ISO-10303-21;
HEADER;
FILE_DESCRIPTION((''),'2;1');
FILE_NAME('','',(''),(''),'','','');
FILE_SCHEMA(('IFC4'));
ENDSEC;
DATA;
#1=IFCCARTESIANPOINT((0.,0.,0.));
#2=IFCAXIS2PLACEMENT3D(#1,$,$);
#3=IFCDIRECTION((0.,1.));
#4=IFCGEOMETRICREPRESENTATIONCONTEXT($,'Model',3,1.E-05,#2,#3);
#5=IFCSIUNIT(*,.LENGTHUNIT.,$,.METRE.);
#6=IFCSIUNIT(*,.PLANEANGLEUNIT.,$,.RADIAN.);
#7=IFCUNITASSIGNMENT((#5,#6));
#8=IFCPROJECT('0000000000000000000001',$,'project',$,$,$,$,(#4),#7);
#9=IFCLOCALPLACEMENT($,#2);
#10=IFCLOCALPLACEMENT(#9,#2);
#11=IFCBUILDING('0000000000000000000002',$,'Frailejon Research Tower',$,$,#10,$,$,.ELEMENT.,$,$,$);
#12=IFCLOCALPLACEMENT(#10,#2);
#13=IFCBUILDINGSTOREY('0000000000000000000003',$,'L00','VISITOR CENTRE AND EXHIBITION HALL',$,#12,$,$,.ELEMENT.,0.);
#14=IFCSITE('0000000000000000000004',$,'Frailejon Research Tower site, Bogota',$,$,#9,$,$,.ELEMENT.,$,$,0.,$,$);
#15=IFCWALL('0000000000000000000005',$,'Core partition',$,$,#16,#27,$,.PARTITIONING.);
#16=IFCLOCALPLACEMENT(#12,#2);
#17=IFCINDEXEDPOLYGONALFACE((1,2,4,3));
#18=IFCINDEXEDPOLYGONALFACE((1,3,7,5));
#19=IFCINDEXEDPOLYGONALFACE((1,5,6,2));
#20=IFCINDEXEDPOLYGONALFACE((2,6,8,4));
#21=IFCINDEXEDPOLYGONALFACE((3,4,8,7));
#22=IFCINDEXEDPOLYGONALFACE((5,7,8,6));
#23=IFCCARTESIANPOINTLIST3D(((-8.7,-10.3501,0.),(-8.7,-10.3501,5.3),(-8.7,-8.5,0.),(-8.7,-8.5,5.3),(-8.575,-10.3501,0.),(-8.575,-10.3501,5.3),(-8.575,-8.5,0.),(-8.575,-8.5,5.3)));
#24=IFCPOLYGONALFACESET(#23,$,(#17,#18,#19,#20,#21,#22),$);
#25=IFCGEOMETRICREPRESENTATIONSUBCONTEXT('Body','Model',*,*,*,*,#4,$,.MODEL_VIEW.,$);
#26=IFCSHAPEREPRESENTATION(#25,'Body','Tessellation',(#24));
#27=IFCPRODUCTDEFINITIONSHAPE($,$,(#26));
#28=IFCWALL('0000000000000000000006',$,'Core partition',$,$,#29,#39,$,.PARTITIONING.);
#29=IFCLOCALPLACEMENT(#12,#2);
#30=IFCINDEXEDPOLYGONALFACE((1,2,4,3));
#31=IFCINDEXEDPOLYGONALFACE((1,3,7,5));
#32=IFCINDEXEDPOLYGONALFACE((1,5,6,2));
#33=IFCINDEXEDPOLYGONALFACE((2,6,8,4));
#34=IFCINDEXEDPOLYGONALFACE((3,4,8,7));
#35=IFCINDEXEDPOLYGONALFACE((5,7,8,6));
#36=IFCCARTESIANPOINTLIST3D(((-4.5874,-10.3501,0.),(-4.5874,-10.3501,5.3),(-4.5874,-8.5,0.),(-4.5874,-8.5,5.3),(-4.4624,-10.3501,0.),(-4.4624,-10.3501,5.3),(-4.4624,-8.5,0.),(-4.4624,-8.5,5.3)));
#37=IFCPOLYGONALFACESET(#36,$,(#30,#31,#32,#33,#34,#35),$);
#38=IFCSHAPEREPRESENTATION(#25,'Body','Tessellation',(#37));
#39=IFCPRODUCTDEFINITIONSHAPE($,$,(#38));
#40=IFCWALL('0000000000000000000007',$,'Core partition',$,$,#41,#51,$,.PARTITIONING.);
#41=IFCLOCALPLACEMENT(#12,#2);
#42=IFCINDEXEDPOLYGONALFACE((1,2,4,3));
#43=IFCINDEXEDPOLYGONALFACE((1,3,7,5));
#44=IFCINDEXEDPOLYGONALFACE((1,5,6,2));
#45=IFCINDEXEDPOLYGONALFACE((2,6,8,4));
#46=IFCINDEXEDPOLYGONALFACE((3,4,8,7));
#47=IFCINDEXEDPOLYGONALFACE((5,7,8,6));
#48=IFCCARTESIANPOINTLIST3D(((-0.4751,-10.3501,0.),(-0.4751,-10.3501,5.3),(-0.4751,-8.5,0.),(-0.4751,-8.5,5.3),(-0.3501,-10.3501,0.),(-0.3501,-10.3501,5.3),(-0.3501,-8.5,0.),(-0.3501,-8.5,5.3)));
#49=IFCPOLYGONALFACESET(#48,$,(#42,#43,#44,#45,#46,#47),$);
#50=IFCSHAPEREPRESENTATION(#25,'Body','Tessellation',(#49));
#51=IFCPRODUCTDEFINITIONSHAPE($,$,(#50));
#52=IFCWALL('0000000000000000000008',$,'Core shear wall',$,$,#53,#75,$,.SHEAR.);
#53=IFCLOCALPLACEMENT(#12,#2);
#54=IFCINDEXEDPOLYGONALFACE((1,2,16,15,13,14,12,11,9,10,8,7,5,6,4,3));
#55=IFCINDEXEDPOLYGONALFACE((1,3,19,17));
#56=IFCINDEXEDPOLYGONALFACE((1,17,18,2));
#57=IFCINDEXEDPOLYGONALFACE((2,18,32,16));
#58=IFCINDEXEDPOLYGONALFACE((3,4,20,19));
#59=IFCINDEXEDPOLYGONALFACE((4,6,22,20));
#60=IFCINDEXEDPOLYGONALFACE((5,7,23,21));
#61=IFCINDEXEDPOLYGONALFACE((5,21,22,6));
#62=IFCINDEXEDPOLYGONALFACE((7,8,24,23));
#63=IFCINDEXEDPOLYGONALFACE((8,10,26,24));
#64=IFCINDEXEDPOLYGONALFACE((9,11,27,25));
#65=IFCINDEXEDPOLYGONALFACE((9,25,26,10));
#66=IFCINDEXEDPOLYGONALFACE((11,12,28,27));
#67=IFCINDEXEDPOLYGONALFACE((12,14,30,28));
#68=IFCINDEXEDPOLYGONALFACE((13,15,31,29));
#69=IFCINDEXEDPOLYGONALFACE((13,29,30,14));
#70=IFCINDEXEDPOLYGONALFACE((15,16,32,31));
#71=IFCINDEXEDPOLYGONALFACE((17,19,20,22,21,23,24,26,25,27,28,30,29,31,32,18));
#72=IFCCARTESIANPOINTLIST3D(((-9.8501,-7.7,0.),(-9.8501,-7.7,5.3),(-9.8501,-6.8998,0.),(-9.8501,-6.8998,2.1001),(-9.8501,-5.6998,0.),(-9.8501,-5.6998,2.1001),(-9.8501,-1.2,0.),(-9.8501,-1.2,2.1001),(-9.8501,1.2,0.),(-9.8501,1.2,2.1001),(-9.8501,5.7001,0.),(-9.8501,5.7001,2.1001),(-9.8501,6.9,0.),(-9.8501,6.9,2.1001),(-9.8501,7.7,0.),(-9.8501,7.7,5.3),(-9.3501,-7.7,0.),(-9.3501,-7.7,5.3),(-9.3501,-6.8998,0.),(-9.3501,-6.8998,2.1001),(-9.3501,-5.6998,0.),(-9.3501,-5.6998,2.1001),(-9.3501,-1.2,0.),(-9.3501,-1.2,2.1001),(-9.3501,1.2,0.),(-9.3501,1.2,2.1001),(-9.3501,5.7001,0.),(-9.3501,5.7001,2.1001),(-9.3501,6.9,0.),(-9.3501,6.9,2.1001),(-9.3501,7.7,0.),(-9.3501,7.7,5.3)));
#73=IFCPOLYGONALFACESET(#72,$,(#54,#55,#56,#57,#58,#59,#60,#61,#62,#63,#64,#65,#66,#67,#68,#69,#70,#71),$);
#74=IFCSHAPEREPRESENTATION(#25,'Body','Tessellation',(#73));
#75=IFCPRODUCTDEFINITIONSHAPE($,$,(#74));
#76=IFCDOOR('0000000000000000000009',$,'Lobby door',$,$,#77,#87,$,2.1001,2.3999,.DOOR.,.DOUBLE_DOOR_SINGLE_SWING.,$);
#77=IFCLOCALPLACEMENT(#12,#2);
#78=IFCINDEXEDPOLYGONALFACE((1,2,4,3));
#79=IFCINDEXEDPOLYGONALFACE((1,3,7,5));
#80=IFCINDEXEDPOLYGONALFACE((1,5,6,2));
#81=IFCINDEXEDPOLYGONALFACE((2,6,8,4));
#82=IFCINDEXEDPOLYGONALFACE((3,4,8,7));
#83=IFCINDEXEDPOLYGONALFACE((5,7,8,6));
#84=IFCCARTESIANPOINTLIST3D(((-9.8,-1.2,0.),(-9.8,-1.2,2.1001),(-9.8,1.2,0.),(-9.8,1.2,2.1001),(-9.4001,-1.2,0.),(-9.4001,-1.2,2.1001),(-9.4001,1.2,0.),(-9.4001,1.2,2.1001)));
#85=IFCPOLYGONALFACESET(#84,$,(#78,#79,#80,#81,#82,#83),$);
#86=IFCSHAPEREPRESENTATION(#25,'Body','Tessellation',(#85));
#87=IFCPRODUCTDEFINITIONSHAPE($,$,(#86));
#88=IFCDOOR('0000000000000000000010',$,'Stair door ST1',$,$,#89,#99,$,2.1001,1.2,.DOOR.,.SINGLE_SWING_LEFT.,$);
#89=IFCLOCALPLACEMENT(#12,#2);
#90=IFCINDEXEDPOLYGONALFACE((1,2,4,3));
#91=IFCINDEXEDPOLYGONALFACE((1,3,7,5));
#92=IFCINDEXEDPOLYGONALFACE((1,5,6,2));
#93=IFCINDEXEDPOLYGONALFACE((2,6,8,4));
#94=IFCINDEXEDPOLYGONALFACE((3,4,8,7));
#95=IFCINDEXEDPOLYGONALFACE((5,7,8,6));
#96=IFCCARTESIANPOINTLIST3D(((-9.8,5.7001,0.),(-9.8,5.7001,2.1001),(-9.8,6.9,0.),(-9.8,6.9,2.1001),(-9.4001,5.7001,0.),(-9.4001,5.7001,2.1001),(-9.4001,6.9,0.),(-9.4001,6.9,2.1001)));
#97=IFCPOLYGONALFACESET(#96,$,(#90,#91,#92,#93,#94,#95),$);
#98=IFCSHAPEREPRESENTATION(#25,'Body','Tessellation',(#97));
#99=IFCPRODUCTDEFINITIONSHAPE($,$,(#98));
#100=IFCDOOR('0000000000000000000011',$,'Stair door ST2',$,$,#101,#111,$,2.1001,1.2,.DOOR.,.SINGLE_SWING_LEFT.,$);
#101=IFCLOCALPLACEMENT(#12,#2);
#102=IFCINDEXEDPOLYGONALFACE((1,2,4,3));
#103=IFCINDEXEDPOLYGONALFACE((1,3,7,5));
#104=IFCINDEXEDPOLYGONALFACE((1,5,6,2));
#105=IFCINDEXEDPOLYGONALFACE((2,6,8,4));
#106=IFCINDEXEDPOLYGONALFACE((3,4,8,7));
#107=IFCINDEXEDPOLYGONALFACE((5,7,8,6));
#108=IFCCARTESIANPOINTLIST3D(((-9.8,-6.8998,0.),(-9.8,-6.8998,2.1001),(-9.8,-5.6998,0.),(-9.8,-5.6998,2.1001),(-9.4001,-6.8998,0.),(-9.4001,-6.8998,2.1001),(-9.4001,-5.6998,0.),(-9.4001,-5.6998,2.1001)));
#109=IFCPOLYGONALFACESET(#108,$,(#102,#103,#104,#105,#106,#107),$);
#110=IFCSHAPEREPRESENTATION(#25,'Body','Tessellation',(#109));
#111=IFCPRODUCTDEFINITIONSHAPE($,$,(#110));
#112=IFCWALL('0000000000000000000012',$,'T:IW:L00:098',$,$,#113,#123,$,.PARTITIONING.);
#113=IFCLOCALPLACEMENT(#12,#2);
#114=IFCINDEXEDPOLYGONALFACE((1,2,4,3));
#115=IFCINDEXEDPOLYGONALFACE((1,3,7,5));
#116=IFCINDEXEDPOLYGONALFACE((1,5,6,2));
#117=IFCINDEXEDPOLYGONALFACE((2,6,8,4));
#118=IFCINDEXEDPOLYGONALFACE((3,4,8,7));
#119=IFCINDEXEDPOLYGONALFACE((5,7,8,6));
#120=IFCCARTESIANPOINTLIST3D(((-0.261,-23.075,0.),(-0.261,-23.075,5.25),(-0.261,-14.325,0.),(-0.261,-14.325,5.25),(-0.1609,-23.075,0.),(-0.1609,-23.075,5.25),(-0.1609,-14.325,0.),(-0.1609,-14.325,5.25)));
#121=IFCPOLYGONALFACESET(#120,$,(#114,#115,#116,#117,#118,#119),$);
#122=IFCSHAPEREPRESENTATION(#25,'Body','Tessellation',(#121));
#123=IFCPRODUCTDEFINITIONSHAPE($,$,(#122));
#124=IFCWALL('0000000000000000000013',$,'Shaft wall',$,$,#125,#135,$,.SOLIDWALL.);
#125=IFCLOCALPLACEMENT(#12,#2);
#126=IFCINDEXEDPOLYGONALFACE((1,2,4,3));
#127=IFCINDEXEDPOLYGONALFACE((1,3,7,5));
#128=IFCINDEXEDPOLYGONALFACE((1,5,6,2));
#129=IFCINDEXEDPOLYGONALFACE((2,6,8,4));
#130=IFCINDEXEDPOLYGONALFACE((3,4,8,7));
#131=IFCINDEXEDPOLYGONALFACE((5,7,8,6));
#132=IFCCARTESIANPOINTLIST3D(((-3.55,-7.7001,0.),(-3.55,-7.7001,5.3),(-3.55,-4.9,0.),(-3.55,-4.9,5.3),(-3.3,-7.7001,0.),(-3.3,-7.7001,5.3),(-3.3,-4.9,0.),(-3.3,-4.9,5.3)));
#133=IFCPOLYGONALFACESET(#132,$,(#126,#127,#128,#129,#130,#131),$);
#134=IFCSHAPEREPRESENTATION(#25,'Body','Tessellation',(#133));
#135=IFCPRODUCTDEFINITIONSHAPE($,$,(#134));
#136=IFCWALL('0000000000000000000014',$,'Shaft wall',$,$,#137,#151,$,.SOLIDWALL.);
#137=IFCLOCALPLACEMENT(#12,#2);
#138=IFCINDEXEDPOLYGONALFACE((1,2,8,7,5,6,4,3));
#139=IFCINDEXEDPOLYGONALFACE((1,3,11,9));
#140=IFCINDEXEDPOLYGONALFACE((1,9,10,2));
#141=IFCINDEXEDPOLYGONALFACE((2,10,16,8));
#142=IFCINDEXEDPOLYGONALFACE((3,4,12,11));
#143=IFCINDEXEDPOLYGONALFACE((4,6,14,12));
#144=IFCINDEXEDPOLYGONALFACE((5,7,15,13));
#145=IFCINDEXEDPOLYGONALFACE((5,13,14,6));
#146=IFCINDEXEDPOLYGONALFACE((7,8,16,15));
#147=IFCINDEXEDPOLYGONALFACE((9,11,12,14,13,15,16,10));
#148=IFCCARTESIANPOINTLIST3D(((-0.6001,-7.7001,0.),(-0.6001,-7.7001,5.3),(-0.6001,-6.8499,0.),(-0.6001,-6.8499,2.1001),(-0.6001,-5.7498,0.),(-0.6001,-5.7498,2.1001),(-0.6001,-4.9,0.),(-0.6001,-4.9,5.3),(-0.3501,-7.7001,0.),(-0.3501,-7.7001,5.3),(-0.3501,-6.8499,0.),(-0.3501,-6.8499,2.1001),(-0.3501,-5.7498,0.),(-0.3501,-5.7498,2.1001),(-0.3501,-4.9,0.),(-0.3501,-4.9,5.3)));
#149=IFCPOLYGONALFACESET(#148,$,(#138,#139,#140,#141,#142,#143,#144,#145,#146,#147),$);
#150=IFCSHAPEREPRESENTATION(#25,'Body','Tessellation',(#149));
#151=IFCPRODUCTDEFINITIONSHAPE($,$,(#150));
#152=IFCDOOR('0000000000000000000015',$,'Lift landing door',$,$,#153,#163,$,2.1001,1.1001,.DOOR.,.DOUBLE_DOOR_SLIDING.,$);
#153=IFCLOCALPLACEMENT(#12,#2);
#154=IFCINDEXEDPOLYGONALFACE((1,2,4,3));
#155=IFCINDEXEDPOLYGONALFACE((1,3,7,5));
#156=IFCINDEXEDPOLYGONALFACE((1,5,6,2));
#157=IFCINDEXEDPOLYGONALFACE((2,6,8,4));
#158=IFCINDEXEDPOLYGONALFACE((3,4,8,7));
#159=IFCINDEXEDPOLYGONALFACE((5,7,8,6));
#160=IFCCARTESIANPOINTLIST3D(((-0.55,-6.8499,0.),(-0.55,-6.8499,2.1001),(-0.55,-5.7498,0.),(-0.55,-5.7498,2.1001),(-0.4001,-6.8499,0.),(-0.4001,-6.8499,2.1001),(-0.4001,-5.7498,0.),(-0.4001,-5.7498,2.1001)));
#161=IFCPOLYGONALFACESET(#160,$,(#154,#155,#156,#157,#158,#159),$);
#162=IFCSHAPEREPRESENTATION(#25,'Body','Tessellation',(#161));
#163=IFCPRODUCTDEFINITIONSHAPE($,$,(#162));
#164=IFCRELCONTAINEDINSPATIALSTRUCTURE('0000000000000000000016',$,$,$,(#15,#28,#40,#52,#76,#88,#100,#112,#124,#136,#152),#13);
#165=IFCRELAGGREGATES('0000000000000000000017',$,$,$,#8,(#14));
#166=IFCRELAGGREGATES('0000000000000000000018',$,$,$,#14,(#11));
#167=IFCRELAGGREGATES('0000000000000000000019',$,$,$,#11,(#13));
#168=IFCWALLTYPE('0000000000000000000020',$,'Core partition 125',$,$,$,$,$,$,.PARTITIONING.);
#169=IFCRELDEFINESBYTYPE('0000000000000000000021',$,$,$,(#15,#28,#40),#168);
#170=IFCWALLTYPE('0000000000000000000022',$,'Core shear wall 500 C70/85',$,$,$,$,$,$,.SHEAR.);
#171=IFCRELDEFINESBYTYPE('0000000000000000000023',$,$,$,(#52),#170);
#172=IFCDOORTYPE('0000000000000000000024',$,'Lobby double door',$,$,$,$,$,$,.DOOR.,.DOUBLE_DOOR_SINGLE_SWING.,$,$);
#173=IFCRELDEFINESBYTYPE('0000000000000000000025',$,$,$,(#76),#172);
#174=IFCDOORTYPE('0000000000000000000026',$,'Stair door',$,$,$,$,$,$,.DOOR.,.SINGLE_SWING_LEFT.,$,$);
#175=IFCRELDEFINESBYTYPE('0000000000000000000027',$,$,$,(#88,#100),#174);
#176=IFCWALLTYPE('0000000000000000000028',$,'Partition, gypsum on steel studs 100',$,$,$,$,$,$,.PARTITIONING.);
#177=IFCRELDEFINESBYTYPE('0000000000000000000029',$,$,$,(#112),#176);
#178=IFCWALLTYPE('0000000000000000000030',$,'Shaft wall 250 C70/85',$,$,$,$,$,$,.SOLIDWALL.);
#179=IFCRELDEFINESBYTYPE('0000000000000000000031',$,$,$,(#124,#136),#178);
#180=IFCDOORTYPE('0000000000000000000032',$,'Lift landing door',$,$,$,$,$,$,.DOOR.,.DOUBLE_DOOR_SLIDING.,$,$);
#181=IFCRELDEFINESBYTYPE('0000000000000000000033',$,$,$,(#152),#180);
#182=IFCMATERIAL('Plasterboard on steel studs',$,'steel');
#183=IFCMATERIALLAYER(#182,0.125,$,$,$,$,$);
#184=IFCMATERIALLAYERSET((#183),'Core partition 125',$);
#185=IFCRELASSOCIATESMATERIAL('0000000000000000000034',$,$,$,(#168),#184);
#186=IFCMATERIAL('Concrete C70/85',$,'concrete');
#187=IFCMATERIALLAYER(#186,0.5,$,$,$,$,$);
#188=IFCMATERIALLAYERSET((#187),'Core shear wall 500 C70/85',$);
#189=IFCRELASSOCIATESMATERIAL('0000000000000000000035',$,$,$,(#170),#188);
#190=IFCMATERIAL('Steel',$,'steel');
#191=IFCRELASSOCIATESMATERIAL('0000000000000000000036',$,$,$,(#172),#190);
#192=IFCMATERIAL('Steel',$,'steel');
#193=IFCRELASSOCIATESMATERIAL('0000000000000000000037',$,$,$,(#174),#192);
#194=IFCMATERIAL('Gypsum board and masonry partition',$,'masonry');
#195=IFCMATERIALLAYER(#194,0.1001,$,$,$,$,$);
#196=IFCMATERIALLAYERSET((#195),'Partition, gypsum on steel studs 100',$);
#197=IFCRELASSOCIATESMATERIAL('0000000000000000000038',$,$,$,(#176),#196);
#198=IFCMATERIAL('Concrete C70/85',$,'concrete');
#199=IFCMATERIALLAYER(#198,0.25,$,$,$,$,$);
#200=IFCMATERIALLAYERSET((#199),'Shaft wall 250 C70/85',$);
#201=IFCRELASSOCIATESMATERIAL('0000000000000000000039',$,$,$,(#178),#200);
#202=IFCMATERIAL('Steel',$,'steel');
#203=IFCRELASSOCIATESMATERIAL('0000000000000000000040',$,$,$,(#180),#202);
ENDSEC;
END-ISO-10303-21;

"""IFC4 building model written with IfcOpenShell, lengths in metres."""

from ifc_helpers import new_model, si_unit, direction, frame, frame_2d, origin, place, context, subcontext, project, spatial, rectangle, extrude, material, layer, layer_set, type_object, element, fill, save


model = new_model("IFC4")

# Units and contexts
model_context = context("Model", 3, precision=1e-05, world=origin(), true_north=direction((0.0, 1.0)))
body_context = subcontext(model_context, "Body", "Model", "MODEL_VIEW")
ifc_project = project(units=[si_unit("LENGTHUNIT", "METRE"), si_unit("PLANEANGLEUNIT", "RADIAN")], contexts=[model_context])

# Site, building, storey
site_placement = place(None, origin())
site = spatial("IfcSite", under=ifc_project, at=site_placement, Name="Frailejon Research Tower site, Bogota", CompositionType="ELEMENT", RefElevation=0.0)
building_placement = place(site_placement, origin())
building = spatial("IfcBuilding", under=site, at=building_placement, Name="Frailejon Research Tower", CompositionType="ELEMENT")
storey_placement = place(building_placement, origin())
storey = spatial("IfcBuildingStorey", under=building, at=storey_placement, Name="L00", Description="VISITOR CENTRE AND EXHIBITION HALL", CompositionType="ELEMENT", Elevation=0.0)

# Walls
ifc_material_1 = material(Name="Plasterboard on steel studs", Category="steel")
ifc_layer_1 = layer(ifc_material_1, 0.125)
ifc_layer_set_1 = layer_set([ifc_layer_1], Name="Core partition 125")
wall_type_1 = type_object("IfcWallType", Name="Core partition 125", PredefinedType="PARTITIONING", material=ifc_layer_set_1)
for number, where, z_axis, x_axis, name in (
    (1, (-8.6375, -10.3501, 0.0), (0.0, 0.0, 1.0), (0.0, 1.0, 0.0), "Core partition"),
    (2, (-4.5249, -10.3501, 0.0), (0.0, 0.0, 1.0), (0.0, 1.0, 0.0), "Core partition"),
    (3, (-0.4126, -10.3501, 0.0), (0.0, 0.0, 1.0), (0.0, 1.0, 0.0), "Core partition"),
):
    element("IfcWall", number, at=place(storey_placement, frame(where, z_axis=z_axis, x_axis=x_axis)), inside=storey, type_object=wall_type_1, Name=name, PredefinedType="PARTITIONING", context=body_context, shape_type="SweptSolid", body=[
        extrude(rectangle(XDim=1.8501, YDim=0.125, at=frame_2d((0.925, 0.0))), origin(), (0.0, 0.0, 1.0), 5.3),
    ])

# Wall, openings, doors
ifc_material_2 = material(Name="Concrete C70/85", Category="concrete")
ifc_layer_2 = layer(ifc_material_2, 0.5)
ifc_layer_set_2 = layer_set([ifc_layer_2], Name="Core shear wall 500 C70/85")
wall_type_2 = type_object("IfcWallType", Name="Core shear wall 500 C70/85", PredefinedType="SHEAR", material=ifc_layer_set_2)
wall_1_placement = place(storey_placement, frame((-9.6001, -7.7, 0.0), z_axis=(0.0, 0.0, 1.0), x_axis=(0.0, 1.0, 0.0)))
wall_1 = element("IfcWall", 4, at=wall_1_placement, inside=storey, type_object=wall_type_2, Name="Core shear wall", PredefinedType="SHEAR", context=body_context, shape_type="SweptSolid", body=[
    extrude(rectangle(XDim=15.3999, YDim=0.5, at=frame_2d((7.7, 0.0))), origin(), (0.0, 0.0, 1.0), 5.3),
])
opening_1_placement = place(wall_1_placement, frame((6.5, 0.0, 0.0)))
opening_1 = element("IfcOpeningElement", 5, at=opening_1_placement, cuts=wall_1, PredefinedType="OPENING", context=body_context, shape_type="SweptSolid", body=[
    extrude(rectangle(XDim=2.3999, YDim=2.1001, at=frame_2d((1.2, 1.05))), frame((0.0, 0.26, 0.0), z_axis=(0.0, -1.0, 0.0), x_axis=(1.0, 0.0, 0.0)), (0.0, 0.0, 1.0), 0.52),
])
opening_2_placement = place(wall_1_placement, frame((13.3999, 0.0, 0.0)))
opening_2 = element("IfcOpeningElement", 6, at=opening_2_placement, cuts=wall_1, PredefinedType="OPENING", context=body_context, shape_type="SweptSolid", body=[
    extrude(rectangle(XDim=1.2, YDim=2.1001, at=frame_2d((0.6001, 1.05))), frame((0.0, 0.26, 0.0), z_axis=(0.0, -1.0, 0.0), x_axis=(1.0, 0.0, 0.0)), (0.0, 0.0, 1.0), 0.52),
])
opening_3_placement = place(wall_1_placement, frame((0.8, 0.0, 0.0)))
opening_3 = element("IfcOpeningElement", 7, at=opening_3_placement, cuts=wall_1, PredefinedType="OPENING", context=body_context, shape_type="SweptSolid", body=[
    extrude(rectangle(XDim=1.2, YDim=2.1001, at=frame_2d((0.6001, 1.05))), frame((0.0, 0.26, 0.0), z_axis=(0.0, -1.0, 0.0), x_axis=(1.0, 0.0, 0.0)), (0.0, 0.0, 1.0), 0.52),
])
ifc_material_3 = material(Name="Steel", Category="steel")
door_type_1 = type_object("IfcDoorType", Name="Lobby double door", OperationType="DOUBLE_DOOR_SINGLE_SWING", PredefinedType="DOOR", material=ifc_material_3)
door_1_placement = place(opening_1_placement, origin())
door_1 = element("IfcDoor", 8, at=door_1_placement, inside=storey, type_object=door_type_1, Name="Lobby door", OperationType="DOUBLE_DOOR_SINGLE_SWING", OverallHeight=2.1001, OverallWidth=2.3999, PredefinedType="DOOR", context=body_context, shape_type="SweptSolid", body=[
    extrude(rectangle(XDim=2.3999, YDim=2.1001, at=frame_2d((1.2, 1.05))), frame((0.0, 0.2, 0.0), z_axis=(0.0, -1.0, 0.0), x_axis=(1.0, 0.0, 0.0)), (0.0, 0.0, 1.0), 0.3999),
])
fill(opening_1, door_1)
ifc_material_4 = material(Name="Steel", Category="steel")
door_type_2 = type_object("IfcDoorType", Name="Stair door", OperationType="SINGLE_SWING_LEFT", PredefinedType="DOOR", material=ifc_material_4)
door_2_placement = place(opening_2_placement, origin())
door_2 = element("IfcDoor", 9, at=door_2_placement, inside=storey, type_object=door_type_2, Name="Stair door ST1", OperationType="SINGLE_SWING_LEFT", OverallHeight=2.1001, OverallWidth=1.2, PredefinedType="DOOR", context=body_context, shape_type="SweptSolid", body=[
    extrude(rectangle(XDim=1.2, YDim=2.1001, at=frame_2d((0.6001, 1.05))), frame((0.0, 0.2, 0.0), z_axis=(0.0, -1.0, 0.0), x_axis=(1.0, 0.0, 0.0)), (0.0, 0.0, 1.0), 0.3999),
])
fill(opening_2, door_2)
door_3_placement = place(opening_3_placement, origin())
door_3 = element("IfcDoor", 10, at=door_3_placement, inside=storey, type_object=door_type_2, Name="Stair door ST2", OperationType="SINGLE_SWING_LEFT", OverallHeight=2.1001, OverallWidth=1.2, PredefinedType="DOOR", context=body_context, shape_type="SweptSolid", body=[
    extrude(rectangle(XDim=1.2, YDim=2.1001, at=frame_2d((0.6001, 1.05))), frame((0.0, 0.2, 0.0), z_axis=(0.0, -1.0, 0.0), x_axis=(1.0, 0.0, 0.0)), (0.0, 0.0, 1.0), 0.3999),
])
fill(opening_3, door_3)

# Walls
ifc_material_5 = material(Name="Gypsum board and masonry partition", Category="masonry")
ifc_layer_3 = layer(ifc_material_5, 0.1001)
ifc_layer_set_3 = layer_set([ifc_layer_3], Name="Partition, gypsum on steel studs 100")
wall_type_3 = type_object("IfcWallType", Name="Partition, gypsum on steel studs 100", PredefinedType="PARTITIONING", material=ifc_layer_set_3)
wall_2_placement = place(storey_placement, frame((-0.2109, -23.075, 0.0), z_axis=(0.0, 0.0, 1.0), x_axis=(0.0, 1.0, 0.0)))
element("IfcWall", 11, at=wall_2_placement, inside=storey, type_object=wall_type_3, Name="T:IW:L00:098", PredefinedType="PARTITIONING", context=body_context, shape_type="SweptSolid", body=[
    extrude(rectangle(XDim=8.75, YDim=0.1001, at=frame_2d((4.375, 0.0))), origin(), (0.0, 0.0, 1.0), 5.25),
])
ifc_material_6 = material(Name="Concrete C70/85", Category="concrete")
ifc_layer_4 = layer(ifc_material_6, 0.25)
ifc_layer_set_4 = layer_set([ifc_layer_4], Name="Shaft wall 250 C70/85")
wall_type_4 = type_object("IfcWallType", Name="Shaft wall 250 C70/85", PredefinedType="SOLIDWALL", material=ifc_layer_set_4)
wall_3_placement = place(storey_placement, frame((-3.425, -7.7, 0.0), z_axis=(0.0, 0.0, 1.0), x_axis=(0.0, 1.0, 0.0)))
element("IfcWall", 12, at=wall_3_placement, inside=storey, type_object=wall_type_4, Name="Shaft wall", PredefinedType="SOLIDWALL", context=body_context, shape_type="SweptSolid", body=[
    extrude(rectangle(XDim=2.8, YDim=0.25, at=frame_2d((1.3999, 0.0))), origin(), (0.0, 0.0, 1.0), 5.3),
])

# Wall, opening, door
wall_4_placement = place(storey_placement, frame((-0.4751, -7.7, 0.0), z_axis=(0.0, 0.0, 1.0), x_axis=(0.0, 1.0, 0.0)))
wall_4 = element("IfcWall", 13, at=wall_4_placement, inside=storey, type_object=wall_type_4, Name="Shaft wall", PredefinedType="SOLIDWALL", context=body_context, shape_type="SweptSolid", body=[
    extrude(rectangle(XDim=2.8, YDim=0.25, at=frame_2d((1.3999, 0.0))), origin(), (0.0, 0.0, 1.0), 5.3),
])
opening_4_placement = place(wall_4_placement, frame((0.8501, 0.0, 0.0)))
opening_4 = element("IfcOpeningElement", 14, at=opening_4_placement, cuts=wall_4, PredefinedType="OPENING", context=body_context, shape_type="SweptSolid", body=[
    extrude(rectangle(XDim=1.1001, YDim=2.1001, at=frame_2d((0.55, 1.05))), frame((0.0, 0.135, 0.0), z_axis=(0.0, -1.0, 0.0), x_axis=(1.0, 0.0, 0.0)), (0.0, 0.0, 1.0), 0.27),
])
ifc_material_7 = material(Name="Steel", Category="steel")
door_type_3 = type_object("IfcDoorType", Name="Lift landing door", OperationType="DOUBLE_DOOR_SLIDING", PredefinedType="DOOR", material=ifc_material_7)
door_4_placement = place(opening_4_placement, origin())
door_4 = element("IfcDoor", 15, at=door_4_placement, inside=storey, type_object=door_type_3, Name="Lift landing door", OperationType="DOUBLE_DOOR_SLIDING", OverallHeight=2.1001, OverallWidth=1.1001, PredefinedType="DOOR", context=body_context, shape_type="SweptSolid", body=[
    extrude(rectangle(XDim=1.1001, YDim=2.1001, at=frame_2d((0.55, 1.05))), frame((0.0, 0.075, 0.0), z_axis=(0.0, -1.0, 0.0), x_axis=(1.0, 0.0, 0.0)), (0.0, 0.0, 1.0), 0.1499),
])
fill(opening_4, door_4)

save(model, "model.ifc")
